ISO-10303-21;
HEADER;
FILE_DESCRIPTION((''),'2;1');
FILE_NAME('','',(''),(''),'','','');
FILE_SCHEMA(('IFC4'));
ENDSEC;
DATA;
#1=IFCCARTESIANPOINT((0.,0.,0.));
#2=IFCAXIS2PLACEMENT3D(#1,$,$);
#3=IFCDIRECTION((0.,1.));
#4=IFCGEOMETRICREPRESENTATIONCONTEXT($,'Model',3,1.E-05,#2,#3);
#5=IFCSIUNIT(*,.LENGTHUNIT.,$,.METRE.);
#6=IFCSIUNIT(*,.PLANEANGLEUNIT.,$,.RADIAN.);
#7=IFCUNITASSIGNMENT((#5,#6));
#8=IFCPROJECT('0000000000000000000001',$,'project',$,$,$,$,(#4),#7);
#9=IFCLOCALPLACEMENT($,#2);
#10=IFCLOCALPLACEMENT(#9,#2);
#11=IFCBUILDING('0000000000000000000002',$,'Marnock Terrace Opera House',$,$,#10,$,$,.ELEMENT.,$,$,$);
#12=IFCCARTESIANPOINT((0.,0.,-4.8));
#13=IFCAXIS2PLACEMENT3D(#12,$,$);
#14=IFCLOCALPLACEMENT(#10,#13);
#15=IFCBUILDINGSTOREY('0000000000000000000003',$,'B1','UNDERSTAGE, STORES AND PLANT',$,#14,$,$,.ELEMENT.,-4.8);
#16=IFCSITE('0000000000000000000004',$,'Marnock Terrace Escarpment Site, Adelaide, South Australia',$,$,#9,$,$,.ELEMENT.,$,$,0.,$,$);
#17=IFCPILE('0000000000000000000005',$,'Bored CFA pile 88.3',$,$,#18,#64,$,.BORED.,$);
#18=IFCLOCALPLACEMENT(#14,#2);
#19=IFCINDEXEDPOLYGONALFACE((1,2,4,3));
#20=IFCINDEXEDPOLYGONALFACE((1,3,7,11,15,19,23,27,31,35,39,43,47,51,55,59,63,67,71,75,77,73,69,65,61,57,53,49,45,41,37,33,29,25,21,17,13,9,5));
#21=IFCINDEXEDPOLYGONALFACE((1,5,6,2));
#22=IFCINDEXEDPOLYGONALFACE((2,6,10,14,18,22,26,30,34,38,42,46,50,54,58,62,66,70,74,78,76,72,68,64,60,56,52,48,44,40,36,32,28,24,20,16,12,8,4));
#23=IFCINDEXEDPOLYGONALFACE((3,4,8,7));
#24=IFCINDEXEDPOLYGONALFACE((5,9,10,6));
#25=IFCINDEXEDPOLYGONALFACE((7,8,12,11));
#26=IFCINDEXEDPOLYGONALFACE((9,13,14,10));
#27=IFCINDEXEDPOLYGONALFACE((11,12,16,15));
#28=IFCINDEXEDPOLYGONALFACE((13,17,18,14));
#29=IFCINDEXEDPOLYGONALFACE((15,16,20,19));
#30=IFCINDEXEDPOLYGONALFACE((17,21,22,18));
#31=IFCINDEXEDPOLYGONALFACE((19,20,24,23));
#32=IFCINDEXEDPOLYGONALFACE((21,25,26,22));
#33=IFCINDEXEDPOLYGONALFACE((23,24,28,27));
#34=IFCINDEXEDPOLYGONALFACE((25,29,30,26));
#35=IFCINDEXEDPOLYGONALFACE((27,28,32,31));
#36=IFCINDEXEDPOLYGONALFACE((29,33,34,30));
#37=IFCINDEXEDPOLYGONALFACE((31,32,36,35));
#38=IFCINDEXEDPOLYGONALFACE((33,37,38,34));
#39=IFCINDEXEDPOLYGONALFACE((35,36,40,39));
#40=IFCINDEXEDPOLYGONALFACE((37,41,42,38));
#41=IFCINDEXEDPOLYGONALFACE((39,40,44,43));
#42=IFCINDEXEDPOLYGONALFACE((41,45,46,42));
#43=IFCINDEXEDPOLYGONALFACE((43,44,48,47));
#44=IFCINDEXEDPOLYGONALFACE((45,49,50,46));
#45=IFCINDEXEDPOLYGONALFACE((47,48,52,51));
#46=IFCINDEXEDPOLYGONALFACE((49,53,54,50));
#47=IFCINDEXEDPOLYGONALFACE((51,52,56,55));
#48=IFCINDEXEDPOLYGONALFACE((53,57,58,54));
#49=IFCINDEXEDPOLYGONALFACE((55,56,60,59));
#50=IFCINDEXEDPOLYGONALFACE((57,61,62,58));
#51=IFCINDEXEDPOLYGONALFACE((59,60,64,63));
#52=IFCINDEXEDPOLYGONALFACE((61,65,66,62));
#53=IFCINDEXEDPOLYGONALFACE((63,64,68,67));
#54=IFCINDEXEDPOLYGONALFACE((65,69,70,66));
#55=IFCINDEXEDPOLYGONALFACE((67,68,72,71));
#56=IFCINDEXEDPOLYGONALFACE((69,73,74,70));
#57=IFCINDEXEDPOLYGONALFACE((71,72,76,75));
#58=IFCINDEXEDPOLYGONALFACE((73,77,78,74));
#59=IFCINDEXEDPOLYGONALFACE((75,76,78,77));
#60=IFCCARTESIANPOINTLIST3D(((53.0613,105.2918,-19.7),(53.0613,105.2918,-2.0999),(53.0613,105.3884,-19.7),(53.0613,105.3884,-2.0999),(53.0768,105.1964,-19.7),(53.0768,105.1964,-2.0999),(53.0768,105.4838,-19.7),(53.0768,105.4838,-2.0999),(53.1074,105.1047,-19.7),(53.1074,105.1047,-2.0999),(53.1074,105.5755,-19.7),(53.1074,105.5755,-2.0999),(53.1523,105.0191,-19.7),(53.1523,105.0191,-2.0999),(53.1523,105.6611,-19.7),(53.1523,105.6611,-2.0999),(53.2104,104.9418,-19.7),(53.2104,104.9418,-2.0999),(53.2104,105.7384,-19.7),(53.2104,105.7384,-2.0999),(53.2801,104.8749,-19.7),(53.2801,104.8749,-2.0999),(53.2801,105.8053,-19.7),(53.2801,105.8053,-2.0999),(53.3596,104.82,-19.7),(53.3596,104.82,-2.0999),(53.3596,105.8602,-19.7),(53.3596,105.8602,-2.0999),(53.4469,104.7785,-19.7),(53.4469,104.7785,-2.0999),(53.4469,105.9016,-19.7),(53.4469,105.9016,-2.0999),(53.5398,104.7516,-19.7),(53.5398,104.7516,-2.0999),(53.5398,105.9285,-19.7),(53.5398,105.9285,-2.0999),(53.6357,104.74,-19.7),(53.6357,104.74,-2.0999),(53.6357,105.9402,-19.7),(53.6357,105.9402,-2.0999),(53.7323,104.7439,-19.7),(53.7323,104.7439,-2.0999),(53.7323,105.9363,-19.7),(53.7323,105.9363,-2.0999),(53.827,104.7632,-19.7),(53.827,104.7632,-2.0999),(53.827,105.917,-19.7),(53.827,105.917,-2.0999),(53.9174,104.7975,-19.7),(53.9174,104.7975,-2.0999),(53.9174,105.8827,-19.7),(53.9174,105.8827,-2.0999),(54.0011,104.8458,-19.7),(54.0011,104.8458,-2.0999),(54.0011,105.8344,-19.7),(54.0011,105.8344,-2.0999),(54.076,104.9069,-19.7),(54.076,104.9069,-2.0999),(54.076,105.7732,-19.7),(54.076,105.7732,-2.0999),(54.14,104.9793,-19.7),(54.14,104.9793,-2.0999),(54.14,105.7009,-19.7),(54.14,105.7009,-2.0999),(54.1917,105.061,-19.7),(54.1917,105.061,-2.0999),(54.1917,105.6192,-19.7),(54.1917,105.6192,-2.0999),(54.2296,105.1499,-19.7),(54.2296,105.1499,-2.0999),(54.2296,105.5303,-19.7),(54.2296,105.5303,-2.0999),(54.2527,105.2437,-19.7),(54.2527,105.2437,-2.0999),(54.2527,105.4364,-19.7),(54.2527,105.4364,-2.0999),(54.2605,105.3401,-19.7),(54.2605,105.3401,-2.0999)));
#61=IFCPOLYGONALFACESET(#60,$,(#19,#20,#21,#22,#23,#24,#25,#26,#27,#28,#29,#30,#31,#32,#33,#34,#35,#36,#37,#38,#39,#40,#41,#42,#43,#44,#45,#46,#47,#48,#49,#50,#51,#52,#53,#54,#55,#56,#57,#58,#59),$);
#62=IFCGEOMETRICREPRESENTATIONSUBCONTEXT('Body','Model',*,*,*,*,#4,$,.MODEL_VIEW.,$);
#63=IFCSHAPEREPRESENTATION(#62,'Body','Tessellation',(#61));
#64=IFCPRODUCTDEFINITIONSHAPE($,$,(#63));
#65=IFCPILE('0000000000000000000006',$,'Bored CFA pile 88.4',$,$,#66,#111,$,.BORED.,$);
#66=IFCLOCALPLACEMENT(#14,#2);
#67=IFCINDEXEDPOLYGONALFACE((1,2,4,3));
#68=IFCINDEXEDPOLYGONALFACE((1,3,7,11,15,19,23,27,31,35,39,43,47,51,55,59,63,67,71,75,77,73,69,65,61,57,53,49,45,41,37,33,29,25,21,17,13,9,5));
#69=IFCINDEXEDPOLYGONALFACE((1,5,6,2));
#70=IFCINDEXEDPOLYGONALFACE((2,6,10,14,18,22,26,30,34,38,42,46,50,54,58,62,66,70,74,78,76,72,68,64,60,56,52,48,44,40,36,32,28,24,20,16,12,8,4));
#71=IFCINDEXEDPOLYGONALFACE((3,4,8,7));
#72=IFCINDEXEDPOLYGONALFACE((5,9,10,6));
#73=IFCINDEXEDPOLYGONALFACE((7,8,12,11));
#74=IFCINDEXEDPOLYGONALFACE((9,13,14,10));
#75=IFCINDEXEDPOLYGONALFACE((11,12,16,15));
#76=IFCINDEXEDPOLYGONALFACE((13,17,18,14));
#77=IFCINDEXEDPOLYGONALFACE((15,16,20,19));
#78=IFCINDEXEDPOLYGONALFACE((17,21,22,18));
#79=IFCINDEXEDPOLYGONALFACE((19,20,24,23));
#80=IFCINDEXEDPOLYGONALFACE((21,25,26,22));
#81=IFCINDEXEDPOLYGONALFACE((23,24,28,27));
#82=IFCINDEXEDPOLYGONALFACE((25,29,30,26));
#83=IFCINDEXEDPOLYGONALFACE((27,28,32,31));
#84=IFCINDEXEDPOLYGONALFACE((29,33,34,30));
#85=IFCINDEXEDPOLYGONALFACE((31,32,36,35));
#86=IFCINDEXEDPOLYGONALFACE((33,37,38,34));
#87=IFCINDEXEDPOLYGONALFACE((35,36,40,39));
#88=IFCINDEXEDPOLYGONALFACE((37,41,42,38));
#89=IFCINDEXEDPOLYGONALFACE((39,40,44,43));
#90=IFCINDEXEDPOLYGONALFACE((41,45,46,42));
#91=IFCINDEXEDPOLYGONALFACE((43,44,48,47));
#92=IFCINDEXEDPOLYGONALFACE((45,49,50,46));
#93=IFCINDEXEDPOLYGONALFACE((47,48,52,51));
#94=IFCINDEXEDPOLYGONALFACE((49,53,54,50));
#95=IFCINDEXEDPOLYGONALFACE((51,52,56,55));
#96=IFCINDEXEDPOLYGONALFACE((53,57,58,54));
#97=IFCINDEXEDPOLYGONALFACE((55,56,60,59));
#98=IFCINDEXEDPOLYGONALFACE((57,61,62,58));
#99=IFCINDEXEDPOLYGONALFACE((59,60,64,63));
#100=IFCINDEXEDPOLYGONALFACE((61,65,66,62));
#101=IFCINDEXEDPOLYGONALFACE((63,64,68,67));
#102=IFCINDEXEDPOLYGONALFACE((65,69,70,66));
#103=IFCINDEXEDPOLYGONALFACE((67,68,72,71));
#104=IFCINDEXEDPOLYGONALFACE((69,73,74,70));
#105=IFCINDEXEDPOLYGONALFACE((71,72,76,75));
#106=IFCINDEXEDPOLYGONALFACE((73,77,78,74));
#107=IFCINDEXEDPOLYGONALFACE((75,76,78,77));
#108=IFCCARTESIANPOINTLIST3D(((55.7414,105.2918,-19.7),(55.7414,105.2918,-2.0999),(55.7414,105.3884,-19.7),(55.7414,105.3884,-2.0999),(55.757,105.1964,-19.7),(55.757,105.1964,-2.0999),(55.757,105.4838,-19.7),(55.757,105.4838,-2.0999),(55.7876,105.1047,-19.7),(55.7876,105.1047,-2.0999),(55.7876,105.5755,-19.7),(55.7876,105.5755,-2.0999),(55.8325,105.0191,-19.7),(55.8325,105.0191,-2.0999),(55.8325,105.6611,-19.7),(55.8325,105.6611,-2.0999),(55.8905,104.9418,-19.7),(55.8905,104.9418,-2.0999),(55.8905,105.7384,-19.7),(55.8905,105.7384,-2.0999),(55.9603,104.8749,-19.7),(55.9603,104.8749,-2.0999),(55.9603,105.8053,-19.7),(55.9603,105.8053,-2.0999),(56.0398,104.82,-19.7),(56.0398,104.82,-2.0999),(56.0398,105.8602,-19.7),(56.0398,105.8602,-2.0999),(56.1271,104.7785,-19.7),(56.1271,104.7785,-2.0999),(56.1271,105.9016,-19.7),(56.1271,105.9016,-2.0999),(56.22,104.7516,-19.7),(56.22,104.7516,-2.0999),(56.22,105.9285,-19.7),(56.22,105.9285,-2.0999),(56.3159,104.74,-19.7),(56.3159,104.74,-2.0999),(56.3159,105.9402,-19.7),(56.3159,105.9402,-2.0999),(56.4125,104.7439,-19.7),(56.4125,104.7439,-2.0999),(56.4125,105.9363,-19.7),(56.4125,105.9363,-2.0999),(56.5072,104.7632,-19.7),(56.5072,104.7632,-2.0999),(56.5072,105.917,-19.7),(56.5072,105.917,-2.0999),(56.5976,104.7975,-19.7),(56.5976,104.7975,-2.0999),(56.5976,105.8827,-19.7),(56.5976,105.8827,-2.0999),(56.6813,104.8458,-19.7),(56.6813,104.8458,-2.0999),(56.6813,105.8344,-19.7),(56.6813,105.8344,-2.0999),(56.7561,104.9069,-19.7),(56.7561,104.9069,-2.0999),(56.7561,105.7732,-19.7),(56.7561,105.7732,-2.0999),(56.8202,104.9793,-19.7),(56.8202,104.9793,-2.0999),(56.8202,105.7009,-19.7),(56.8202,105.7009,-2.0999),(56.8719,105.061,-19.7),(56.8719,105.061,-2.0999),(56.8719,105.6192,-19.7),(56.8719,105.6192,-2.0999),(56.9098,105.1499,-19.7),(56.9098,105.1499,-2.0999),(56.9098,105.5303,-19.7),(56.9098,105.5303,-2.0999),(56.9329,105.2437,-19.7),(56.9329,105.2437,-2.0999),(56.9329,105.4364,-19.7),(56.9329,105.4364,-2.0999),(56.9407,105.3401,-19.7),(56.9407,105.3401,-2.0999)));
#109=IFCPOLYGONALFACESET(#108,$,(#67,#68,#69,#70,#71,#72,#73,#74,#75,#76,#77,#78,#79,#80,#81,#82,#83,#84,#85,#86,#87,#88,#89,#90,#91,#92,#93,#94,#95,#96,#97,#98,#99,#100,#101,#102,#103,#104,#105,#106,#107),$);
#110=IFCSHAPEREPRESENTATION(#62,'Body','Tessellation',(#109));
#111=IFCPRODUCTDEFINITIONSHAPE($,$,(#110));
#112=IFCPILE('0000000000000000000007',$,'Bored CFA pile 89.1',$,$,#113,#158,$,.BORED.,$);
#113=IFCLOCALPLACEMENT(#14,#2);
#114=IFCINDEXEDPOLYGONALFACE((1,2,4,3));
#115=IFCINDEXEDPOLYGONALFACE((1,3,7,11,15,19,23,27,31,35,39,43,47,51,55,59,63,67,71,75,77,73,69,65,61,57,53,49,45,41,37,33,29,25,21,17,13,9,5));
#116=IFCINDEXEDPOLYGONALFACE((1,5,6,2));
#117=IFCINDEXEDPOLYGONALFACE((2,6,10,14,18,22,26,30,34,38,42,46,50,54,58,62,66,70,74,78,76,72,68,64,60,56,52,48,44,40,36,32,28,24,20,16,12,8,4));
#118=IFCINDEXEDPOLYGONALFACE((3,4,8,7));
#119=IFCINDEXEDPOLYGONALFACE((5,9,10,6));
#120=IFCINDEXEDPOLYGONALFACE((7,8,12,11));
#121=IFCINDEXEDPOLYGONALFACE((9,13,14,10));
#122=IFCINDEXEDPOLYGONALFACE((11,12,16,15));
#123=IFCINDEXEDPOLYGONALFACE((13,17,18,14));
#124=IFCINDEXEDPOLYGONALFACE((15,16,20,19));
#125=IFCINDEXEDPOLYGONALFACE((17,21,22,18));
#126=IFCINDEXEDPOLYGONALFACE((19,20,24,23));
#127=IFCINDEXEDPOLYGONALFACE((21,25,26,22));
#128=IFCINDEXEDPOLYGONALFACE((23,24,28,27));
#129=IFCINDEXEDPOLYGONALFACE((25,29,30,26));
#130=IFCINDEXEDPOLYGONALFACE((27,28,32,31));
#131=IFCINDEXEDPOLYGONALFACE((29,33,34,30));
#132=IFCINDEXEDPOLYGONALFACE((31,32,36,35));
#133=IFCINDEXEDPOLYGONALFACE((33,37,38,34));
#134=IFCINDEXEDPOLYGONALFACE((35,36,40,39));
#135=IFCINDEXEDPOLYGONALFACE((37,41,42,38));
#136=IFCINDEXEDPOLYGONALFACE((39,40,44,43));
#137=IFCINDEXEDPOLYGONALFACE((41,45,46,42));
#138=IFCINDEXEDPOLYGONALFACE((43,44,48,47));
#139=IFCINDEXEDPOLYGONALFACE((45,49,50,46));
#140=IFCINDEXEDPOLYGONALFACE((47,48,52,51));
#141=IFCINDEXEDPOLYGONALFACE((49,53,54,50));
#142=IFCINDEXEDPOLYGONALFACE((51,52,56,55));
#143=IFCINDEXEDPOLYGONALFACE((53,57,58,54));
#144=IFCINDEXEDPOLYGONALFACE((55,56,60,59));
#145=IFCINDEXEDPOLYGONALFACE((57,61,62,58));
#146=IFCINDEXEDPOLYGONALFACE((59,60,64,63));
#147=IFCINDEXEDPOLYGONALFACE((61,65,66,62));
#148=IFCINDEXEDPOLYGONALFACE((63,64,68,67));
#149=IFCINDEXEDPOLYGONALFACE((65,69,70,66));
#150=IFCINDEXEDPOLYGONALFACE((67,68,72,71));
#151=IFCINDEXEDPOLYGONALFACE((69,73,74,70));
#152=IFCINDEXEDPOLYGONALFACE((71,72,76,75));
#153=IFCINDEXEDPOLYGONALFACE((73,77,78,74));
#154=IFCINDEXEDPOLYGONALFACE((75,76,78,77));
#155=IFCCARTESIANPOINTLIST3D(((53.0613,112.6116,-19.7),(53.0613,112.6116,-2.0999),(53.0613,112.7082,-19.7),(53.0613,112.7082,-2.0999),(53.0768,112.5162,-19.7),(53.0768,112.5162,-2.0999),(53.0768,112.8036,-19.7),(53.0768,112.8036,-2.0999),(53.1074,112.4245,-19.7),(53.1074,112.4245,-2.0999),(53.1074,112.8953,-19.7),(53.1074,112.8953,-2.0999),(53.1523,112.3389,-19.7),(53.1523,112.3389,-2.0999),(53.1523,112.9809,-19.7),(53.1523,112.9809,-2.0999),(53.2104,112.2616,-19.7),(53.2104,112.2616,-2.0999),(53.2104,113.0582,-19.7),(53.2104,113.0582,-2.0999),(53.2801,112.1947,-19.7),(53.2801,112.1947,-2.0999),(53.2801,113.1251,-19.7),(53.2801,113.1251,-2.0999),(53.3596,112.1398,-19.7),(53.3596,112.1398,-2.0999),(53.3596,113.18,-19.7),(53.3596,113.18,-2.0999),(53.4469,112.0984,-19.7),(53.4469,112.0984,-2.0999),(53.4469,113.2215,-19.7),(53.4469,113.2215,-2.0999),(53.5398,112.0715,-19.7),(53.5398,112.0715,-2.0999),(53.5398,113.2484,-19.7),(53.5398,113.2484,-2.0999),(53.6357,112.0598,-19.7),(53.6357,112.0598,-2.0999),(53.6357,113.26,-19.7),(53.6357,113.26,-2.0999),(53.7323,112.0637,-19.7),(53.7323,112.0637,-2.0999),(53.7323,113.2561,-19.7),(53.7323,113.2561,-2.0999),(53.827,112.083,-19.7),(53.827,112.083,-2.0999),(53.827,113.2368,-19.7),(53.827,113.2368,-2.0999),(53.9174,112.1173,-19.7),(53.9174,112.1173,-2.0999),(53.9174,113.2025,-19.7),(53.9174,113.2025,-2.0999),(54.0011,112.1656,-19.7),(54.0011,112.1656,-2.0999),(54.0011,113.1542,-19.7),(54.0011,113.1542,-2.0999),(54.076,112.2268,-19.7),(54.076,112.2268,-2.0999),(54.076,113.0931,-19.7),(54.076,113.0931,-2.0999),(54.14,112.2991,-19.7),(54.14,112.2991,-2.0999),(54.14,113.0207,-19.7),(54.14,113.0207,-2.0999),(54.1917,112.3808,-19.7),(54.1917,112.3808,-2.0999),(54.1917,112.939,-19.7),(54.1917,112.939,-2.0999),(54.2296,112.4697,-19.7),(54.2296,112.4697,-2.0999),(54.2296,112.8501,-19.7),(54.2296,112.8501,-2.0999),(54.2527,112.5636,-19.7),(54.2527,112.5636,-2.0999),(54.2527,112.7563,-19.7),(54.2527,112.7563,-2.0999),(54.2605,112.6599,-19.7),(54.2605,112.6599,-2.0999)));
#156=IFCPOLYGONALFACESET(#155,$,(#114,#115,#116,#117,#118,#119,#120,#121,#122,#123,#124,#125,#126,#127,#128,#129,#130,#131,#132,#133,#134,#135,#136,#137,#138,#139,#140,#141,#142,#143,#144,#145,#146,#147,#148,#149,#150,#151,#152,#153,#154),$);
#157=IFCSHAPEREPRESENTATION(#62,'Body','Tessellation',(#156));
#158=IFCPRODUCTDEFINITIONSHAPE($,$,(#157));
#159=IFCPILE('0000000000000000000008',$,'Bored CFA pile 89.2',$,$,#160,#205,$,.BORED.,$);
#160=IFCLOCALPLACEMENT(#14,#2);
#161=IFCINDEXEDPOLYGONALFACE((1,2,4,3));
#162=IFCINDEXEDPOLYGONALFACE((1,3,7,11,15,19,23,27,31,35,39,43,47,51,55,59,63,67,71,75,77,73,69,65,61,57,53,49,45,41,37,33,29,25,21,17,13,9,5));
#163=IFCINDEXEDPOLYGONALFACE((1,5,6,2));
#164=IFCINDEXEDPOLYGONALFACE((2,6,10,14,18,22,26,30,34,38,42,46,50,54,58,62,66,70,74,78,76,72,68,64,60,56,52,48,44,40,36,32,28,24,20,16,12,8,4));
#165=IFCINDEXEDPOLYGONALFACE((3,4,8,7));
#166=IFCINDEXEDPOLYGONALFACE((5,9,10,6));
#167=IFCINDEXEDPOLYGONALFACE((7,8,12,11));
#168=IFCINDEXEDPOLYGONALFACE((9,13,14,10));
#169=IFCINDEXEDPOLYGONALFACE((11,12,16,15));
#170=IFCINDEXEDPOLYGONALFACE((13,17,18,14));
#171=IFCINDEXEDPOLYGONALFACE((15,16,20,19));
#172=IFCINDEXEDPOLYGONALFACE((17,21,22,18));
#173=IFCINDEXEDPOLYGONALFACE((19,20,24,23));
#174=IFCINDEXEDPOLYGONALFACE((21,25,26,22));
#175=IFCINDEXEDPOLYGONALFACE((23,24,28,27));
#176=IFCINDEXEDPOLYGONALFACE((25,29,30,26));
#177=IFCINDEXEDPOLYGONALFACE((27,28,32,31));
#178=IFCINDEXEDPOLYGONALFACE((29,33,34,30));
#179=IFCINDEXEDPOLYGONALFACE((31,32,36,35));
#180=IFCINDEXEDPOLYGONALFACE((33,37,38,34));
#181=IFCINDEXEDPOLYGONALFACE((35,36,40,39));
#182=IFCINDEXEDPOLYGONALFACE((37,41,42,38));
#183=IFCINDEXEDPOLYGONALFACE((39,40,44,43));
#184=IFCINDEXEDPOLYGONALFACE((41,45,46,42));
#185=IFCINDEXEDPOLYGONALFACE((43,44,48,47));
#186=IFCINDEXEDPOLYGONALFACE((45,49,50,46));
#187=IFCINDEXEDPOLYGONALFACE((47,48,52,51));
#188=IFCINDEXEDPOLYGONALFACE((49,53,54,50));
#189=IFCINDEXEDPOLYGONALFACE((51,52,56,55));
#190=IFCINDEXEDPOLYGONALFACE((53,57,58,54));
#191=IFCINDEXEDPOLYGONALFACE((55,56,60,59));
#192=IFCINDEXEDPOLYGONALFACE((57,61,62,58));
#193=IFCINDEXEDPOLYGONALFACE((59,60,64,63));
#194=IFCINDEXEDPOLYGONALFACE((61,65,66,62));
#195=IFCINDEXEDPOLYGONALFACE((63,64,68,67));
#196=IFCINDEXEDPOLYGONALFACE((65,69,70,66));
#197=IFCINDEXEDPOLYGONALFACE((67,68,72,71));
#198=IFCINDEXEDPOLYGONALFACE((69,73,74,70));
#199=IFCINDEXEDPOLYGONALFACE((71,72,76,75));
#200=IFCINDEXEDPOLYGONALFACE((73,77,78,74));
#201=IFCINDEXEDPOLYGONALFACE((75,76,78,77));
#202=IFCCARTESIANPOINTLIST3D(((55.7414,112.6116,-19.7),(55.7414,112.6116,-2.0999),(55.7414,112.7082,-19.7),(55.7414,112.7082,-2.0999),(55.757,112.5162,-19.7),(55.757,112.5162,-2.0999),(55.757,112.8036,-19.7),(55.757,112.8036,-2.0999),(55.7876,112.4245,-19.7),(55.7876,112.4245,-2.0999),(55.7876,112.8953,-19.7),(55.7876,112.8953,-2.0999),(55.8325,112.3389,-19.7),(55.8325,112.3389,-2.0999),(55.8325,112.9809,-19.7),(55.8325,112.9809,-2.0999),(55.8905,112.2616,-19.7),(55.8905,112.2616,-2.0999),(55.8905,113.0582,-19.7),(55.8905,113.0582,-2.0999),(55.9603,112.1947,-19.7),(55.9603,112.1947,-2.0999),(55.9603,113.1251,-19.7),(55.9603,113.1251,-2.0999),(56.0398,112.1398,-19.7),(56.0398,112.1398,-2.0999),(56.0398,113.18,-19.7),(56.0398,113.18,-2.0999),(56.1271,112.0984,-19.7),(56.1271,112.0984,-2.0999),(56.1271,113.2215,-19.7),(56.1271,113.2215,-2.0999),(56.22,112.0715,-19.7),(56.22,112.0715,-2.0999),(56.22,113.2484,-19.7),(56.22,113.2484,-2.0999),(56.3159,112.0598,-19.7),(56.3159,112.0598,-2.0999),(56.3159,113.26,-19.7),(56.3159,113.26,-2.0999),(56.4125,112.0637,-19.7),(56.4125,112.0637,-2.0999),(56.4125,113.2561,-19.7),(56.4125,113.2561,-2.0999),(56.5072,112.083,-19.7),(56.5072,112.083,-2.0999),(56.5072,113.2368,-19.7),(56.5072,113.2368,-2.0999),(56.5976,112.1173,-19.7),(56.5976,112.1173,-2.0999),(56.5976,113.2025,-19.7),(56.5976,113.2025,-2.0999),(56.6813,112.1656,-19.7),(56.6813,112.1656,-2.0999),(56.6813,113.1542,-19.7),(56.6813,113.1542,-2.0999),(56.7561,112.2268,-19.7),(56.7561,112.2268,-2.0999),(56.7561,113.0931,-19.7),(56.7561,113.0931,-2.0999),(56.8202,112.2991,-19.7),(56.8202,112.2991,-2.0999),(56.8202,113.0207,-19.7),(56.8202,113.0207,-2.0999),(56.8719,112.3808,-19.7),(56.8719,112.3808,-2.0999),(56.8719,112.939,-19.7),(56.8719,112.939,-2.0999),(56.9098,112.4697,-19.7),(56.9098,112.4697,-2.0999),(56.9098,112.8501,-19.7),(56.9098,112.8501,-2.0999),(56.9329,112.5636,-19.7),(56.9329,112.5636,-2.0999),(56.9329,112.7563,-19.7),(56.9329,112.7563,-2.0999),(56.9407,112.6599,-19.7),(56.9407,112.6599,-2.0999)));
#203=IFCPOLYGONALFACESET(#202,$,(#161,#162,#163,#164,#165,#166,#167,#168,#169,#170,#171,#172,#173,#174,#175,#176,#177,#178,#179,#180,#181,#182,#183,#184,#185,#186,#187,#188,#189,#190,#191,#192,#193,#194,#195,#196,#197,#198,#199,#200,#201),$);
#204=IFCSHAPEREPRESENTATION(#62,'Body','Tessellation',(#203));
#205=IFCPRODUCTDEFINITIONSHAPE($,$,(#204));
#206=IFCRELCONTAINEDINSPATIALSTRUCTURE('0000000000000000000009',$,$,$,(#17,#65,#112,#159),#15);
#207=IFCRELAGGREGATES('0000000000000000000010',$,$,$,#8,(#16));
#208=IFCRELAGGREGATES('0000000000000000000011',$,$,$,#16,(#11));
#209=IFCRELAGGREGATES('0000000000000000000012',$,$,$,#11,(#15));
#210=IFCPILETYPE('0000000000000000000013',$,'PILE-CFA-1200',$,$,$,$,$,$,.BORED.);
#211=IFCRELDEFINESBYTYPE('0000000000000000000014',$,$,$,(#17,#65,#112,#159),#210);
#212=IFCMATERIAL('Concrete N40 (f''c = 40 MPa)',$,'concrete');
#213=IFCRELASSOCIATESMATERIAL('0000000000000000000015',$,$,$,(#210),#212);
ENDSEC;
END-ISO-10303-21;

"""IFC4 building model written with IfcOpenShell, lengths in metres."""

from ifc_helpers import new_model, si_unit, direction, frame, origin, origin_2d, place, context, subcontext, project, spatial, circle, extrude, material, material_profile, profile_set, type_object, element, save


model = new_model("IFC4")

# Units and contexts
model_context = context("Model", 3, precision=1e-05, world=origin(), true_north=direction((0.0, 1.0)))
body_context = subcontext(model_context, "Body", "Model", "MODEL_VIEW")
ifc_project = project(units=[si_unit("LENGTHUNIT", "METRE"), si_unit("PLANEANGLEUNIT", "RADIAN")], contexts=[model_context])

# Site, building, storey
site_placement = place(None, origin())
site = spatial("IfcSite", under=ifc_project, at=site_placement, Name="Marnock Terrace Escarpment Site, Adelaide, South Australia", CompositionType="ELEMENT", RefElevation=0.0)
building_placement = place(site_placement, origin())
building = spatial("IfcBuilding", under=site, at=building_placement, Name="Marnock Terrace Opera House", CompositionType="ELEMENT")
storey_placement = place(building_placement, frame((0.0, 0.0, -4.8)))
storey = spatial("IfcBuildingStorey", under=building, at=storey_placement, Name="B1", Description="UNDERSTAGE, STORES AND PLANT", CompositionType="ELEMENT", Elevation=-4.8)

# Shared definitions
ifc_material_1 = material(Name="Concrete N40 (f'c = 40 MPa)", Category="concrete")

# Piles
ifc_material_profile_1 = material_profile(ifc_material_1, circle(Radius=0.6006, at=origin_2d()))
ifc_profile_set_1 = profile_set([ifc_material_profile_1], Name="Concrete N40 (f'c = 40 MPa)")
pile_type_1 = type_object("IfcPileType", Name="PILE-CFA-1200", PredefinedType="BORED", material=ifc_profile_set_1)
for number, where, z_axis, x_axis, name in (
    (1, (53.6599, 105.3401, -2.0999), (0.0, 0.0, -1.0), (1.0, 0.0, 0.0), "Bored CFA pile 88.3"),
    (2, (56.3401, 105.3401, -2.0999), (0.0, 0.0, -1.0), (1.0, 0.0, 0.0), "Bored CFA pile 88.4"),
    (3, (53.6599, 112.6599, -2.0999), (0.0, 0.0, -1.0), (1.0, 0.0, 0.0), "Bored CFA pile 89.1"),
    (4, (56.3401, 112.6599, -2.0999), (0.0, 0.0, -1.0), (1.0, 0.0, 0.0), "Bored CFA pile 89.2"),
):
    element("IfcPile", number, at=place(storey_placement, frame(where, z_axis=z_axis, x_axis=x_axis)), inside=storey, type_object=pile_type_1, Name=name, PredefinedType="BORED", context=body_context, shape_type="SweptSolid", body=[
        extrude(circle(Radius=0.6006, at=origin_2d()), origin(), (0.0, 0.0, 1.0), 17.6001),
    ])

save(model, "model.ifc")
